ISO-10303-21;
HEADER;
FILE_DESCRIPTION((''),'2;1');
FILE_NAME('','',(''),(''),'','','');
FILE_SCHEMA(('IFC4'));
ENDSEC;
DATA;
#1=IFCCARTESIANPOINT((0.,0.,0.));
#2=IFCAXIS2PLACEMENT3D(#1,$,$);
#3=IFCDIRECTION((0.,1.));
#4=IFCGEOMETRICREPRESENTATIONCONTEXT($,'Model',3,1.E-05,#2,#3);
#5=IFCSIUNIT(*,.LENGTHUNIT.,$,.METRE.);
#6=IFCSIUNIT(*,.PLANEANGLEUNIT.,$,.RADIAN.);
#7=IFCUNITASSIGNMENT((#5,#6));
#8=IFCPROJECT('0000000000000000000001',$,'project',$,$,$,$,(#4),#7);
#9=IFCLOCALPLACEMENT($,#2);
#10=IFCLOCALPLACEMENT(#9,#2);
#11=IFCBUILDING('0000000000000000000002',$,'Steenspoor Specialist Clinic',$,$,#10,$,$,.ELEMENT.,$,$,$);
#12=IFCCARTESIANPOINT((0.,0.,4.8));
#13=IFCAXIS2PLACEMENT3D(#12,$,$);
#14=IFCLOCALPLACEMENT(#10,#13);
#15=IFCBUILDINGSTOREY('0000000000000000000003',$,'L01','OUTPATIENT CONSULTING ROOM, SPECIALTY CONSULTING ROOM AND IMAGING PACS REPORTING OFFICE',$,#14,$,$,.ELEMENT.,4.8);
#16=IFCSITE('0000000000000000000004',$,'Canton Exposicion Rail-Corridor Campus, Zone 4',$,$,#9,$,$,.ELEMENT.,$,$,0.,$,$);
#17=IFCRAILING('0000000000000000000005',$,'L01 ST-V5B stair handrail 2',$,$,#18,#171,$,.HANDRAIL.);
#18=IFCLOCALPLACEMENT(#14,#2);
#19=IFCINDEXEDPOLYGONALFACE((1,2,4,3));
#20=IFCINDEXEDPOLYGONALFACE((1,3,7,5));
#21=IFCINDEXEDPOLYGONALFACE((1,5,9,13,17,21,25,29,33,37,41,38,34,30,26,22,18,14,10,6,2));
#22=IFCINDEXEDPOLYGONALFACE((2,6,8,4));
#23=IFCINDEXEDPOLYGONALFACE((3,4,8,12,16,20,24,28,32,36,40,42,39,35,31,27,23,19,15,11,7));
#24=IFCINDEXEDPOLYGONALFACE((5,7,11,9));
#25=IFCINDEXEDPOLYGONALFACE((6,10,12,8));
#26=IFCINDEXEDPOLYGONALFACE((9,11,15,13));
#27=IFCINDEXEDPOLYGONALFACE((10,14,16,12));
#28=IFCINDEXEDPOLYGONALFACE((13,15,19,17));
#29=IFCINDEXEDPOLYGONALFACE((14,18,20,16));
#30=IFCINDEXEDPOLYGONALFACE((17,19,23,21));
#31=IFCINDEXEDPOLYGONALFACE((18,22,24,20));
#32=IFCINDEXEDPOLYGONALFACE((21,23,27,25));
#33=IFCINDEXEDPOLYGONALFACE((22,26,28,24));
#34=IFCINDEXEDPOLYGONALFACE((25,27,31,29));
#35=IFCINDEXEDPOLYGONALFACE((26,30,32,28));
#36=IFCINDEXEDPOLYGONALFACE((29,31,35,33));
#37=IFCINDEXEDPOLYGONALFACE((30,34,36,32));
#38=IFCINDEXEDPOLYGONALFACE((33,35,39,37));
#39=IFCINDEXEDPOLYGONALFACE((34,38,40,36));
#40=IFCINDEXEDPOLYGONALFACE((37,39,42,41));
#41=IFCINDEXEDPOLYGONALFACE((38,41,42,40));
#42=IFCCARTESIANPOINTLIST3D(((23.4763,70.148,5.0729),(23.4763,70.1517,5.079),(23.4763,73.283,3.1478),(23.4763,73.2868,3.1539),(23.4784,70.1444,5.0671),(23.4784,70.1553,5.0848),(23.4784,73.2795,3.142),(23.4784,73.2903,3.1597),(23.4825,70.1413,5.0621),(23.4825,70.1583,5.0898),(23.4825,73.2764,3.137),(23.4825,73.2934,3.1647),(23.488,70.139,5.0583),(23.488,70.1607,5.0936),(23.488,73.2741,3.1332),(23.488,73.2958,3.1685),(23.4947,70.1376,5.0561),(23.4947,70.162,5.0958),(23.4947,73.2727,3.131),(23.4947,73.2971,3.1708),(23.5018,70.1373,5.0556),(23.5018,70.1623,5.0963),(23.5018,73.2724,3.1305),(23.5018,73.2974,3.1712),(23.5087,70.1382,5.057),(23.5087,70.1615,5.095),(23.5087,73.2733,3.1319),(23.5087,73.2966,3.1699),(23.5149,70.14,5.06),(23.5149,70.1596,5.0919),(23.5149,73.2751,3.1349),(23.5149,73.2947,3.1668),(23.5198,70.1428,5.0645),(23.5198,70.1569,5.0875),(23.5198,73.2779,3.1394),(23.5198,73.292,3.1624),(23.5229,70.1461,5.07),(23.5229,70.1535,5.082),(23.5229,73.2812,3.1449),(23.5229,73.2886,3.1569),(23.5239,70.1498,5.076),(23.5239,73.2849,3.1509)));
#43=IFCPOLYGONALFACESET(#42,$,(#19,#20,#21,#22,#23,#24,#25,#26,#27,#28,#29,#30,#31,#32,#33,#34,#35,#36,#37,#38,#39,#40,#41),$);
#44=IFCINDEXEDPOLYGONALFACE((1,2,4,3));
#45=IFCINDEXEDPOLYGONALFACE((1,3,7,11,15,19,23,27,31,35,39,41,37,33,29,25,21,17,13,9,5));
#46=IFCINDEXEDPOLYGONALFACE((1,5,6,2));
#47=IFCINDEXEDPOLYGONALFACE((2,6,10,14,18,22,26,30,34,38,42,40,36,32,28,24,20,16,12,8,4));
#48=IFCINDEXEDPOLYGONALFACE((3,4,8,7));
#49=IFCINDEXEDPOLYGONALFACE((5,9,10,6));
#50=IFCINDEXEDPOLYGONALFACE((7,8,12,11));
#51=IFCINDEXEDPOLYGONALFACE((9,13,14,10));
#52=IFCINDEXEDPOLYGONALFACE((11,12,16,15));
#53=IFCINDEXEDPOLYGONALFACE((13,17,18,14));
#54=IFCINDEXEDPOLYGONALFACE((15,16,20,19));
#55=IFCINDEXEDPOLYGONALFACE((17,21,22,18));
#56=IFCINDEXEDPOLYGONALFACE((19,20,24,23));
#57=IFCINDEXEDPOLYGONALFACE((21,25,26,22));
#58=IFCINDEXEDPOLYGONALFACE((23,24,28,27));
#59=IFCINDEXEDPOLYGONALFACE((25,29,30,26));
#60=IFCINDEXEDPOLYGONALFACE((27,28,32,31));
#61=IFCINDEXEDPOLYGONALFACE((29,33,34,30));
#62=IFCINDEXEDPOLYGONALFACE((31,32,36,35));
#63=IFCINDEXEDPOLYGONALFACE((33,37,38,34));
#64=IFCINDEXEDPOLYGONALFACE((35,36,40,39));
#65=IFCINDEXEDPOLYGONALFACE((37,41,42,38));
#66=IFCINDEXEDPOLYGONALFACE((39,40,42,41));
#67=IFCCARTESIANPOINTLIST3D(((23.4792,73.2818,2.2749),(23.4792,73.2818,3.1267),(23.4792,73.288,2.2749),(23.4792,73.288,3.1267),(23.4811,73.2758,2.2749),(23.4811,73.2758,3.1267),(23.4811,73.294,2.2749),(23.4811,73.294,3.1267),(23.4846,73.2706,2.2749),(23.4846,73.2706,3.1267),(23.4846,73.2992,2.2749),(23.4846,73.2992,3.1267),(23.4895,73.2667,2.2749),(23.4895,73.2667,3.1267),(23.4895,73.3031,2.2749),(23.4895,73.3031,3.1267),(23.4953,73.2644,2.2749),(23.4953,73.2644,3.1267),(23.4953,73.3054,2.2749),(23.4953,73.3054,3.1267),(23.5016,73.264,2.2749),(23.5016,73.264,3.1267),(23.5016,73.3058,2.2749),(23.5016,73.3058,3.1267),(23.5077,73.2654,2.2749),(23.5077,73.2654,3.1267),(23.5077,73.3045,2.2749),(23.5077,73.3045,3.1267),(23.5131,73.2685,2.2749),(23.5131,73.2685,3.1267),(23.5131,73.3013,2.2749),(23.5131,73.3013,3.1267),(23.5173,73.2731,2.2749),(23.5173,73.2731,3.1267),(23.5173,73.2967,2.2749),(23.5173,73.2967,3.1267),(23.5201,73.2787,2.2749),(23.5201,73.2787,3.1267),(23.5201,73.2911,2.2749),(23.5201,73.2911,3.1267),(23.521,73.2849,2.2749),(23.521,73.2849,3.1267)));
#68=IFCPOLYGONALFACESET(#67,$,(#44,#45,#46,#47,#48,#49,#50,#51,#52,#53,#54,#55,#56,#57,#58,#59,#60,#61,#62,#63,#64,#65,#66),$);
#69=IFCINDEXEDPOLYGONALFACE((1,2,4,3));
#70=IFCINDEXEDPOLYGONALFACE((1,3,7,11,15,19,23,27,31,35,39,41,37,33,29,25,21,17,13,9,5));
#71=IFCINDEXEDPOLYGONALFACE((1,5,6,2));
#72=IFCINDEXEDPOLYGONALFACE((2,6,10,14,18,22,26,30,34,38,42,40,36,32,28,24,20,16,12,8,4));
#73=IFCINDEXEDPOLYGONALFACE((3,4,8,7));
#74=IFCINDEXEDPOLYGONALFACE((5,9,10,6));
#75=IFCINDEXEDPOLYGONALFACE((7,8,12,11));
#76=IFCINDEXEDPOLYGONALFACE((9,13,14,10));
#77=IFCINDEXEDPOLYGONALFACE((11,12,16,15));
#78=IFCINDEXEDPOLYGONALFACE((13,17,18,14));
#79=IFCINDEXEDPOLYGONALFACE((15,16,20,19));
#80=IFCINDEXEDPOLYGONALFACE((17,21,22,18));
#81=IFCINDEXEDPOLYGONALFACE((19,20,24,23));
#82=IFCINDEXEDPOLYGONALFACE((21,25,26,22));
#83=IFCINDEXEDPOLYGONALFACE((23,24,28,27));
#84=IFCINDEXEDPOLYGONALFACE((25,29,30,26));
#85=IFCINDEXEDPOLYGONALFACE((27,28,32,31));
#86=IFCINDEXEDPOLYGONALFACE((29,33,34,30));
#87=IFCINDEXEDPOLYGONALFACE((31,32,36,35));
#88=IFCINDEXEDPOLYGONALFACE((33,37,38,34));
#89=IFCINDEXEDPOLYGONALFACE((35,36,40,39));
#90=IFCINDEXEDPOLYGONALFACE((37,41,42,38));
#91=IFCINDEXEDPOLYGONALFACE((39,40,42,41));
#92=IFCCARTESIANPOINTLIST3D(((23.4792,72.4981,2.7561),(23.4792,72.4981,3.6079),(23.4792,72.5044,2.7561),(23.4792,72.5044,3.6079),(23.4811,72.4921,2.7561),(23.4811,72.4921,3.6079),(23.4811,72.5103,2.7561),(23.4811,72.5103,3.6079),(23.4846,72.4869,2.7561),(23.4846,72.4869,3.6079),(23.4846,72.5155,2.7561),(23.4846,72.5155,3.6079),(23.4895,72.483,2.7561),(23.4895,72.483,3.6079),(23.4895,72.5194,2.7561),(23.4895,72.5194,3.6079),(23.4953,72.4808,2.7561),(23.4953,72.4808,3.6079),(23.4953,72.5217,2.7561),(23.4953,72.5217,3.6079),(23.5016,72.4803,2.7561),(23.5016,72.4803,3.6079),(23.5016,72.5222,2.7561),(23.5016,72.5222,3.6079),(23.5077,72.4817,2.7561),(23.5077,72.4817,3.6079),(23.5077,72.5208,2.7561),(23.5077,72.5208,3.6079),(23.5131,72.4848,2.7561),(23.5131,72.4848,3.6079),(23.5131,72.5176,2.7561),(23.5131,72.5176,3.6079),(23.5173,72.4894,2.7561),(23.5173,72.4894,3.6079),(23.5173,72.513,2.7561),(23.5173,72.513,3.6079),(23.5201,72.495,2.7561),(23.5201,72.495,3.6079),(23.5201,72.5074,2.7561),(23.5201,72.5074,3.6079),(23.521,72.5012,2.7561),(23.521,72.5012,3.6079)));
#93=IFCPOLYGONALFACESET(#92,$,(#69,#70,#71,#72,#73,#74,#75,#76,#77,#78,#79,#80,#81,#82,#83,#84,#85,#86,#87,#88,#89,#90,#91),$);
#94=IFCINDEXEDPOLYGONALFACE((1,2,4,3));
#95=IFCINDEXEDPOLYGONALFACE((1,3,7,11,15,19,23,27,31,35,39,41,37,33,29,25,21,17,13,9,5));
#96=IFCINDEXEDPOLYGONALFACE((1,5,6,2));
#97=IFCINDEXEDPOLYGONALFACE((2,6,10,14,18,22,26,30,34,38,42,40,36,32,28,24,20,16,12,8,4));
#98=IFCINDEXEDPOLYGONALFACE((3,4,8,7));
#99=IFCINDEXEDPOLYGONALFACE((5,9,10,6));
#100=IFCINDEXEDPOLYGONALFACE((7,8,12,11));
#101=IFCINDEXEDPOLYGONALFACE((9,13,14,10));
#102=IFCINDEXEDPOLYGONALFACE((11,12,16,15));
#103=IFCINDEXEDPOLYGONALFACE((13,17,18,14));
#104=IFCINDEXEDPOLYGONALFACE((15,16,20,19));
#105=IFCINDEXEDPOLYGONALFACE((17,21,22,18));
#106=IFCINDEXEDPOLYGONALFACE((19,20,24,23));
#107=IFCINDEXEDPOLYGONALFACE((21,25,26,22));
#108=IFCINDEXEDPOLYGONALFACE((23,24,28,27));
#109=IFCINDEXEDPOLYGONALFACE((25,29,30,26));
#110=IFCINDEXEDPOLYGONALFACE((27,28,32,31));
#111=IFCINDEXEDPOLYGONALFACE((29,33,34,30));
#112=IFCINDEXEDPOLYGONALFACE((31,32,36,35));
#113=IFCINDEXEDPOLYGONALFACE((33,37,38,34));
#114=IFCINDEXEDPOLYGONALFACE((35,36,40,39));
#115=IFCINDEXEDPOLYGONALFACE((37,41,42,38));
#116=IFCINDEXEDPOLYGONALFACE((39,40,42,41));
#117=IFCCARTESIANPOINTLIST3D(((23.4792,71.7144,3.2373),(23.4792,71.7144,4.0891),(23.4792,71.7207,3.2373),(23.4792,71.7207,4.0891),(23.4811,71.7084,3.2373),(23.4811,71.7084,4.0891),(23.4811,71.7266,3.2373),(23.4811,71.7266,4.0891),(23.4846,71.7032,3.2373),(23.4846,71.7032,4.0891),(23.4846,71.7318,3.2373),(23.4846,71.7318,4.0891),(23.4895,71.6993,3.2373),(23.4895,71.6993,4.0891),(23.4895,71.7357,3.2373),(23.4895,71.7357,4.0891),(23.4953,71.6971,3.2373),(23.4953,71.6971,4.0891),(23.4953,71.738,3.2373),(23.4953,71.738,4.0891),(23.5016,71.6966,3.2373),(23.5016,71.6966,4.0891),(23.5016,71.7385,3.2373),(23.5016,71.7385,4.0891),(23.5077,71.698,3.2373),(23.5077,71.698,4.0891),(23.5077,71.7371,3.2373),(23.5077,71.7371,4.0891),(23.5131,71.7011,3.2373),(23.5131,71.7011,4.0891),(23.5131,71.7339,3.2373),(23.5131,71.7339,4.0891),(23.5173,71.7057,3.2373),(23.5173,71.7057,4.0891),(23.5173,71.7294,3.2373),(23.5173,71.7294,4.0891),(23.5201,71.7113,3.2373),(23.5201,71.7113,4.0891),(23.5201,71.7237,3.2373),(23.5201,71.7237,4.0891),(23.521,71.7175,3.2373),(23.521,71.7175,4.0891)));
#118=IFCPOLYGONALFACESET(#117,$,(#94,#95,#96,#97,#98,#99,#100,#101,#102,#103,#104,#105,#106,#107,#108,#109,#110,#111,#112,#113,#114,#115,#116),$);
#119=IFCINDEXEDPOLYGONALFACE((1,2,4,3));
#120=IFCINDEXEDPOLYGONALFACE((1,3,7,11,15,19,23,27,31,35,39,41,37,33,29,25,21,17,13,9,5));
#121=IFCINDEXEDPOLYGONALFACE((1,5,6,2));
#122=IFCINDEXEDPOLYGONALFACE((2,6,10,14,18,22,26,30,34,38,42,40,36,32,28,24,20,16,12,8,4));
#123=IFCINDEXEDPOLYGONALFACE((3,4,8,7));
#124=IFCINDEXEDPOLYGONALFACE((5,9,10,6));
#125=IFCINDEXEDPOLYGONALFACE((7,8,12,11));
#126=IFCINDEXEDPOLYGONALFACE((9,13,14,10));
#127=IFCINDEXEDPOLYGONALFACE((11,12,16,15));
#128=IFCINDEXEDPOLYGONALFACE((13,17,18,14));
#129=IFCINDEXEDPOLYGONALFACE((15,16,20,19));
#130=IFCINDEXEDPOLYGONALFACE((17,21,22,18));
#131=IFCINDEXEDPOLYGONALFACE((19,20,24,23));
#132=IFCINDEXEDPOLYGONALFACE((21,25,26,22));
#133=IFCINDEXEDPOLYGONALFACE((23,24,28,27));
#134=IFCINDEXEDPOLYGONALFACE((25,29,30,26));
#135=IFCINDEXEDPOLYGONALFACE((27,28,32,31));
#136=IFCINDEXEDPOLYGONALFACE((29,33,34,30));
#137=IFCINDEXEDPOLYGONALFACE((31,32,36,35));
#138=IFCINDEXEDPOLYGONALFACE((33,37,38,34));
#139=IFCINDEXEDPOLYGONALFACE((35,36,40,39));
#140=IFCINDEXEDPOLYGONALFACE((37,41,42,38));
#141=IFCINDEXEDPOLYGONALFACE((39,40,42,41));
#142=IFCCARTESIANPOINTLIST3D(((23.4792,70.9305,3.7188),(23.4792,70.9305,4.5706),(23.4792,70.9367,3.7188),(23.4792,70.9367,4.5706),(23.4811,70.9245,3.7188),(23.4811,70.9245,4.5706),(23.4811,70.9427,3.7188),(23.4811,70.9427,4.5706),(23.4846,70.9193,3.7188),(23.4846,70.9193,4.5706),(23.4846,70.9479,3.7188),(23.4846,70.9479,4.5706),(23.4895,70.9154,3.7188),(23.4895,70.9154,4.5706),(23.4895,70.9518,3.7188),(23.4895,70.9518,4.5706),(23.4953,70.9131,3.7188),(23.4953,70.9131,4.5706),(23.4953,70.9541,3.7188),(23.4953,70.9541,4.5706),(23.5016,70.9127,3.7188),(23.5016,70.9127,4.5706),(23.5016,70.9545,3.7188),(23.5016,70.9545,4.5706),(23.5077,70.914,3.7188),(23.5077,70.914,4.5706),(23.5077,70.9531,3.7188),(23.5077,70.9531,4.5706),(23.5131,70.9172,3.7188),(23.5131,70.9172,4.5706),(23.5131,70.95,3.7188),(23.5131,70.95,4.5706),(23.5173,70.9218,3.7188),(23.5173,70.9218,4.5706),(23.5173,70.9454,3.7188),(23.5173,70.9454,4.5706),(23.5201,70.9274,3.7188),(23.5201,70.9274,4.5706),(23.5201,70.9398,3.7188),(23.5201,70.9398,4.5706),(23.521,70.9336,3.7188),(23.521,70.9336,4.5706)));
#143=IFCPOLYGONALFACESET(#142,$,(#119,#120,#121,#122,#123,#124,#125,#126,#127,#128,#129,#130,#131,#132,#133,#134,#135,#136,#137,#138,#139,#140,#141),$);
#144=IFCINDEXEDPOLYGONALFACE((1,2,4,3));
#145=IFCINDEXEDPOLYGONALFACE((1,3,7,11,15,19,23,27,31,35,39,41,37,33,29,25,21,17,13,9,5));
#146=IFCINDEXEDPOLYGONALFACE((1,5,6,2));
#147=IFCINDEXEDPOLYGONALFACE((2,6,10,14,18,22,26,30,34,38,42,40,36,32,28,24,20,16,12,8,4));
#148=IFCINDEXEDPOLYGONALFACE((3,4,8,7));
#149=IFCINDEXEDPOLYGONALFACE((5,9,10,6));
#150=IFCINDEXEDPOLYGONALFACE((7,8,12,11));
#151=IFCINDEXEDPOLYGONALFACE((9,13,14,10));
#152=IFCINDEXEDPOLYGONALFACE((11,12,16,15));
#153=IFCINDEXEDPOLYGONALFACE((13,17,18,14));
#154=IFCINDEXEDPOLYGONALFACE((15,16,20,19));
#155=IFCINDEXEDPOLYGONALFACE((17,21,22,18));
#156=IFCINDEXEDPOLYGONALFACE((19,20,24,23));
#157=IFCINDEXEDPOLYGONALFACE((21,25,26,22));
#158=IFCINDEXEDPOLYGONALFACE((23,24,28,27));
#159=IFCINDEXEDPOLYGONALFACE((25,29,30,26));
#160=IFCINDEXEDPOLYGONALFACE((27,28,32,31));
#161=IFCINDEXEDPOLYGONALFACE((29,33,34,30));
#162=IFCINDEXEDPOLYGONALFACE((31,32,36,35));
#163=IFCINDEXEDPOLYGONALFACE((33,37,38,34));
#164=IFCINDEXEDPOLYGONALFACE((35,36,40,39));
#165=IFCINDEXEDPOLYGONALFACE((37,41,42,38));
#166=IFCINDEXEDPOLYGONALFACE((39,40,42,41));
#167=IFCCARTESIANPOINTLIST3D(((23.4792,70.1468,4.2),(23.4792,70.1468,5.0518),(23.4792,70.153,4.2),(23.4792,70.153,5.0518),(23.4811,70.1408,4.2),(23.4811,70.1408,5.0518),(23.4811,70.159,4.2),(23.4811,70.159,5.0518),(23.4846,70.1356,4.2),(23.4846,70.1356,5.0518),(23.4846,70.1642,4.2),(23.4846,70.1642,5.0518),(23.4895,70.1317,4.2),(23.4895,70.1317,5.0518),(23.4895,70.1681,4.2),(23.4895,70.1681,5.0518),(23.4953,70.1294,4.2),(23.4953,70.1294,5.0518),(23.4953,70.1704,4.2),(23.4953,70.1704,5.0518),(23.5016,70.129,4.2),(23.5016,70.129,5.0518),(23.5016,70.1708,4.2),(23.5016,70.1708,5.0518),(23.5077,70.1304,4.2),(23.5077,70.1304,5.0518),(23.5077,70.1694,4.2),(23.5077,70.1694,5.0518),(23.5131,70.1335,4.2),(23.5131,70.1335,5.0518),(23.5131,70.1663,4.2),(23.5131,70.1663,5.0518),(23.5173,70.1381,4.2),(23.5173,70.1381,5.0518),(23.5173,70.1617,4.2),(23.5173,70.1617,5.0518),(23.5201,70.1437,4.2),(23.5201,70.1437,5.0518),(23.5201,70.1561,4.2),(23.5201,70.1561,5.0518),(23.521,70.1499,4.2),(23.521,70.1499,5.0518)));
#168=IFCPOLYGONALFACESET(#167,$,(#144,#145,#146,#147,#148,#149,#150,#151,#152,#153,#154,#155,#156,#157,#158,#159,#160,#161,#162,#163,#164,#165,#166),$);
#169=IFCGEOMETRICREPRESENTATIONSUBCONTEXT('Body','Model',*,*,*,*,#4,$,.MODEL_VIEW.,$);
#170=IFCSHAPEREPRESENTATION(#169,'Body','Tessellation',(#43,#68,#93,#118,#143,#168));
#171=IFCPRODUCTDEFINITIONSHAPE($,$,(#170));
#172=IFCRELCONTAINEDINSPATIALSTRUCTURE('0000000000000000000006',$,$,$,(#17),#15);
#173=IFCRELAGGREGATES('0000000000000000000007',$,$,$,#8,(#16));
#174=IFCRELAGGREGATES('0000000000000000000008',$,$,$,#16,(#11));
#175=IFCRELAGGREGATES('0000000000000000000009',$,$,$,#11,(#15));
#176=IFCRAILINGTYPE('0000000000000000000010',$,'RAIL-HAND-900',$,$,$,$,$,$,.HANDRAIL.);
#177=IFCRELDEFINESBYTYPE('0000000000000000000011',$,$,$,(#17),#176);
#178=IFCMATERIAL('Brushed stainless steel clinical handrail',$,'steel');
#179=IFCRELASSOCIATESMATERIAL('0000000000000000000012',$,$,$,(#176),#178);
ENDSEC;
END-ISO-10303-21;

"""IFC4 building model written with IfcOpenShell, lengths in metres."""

from ifc_helpers import new_model, si_unit, direction, frame, origin, origin_2d, place, context, subcontext, project, spatial, circle, extrude, material, type_object, element, save


model = new_model("IFC4")

# Units and contexts
model_context = context("Model", 3, precision=1e-05, world=origin(), true_north=direction((0.0, 1.0)))
body_context = subcontext(model_context, "Body", "Model", "MODEL_VIEW")
ifc_project = project(units=[si_unit("LENGTHUNIT", "METRE"), si_unit("PLANEANGLEUNIT", "RADIAN")], contexts=[model_context])

# Site, building, storey
site_placement = place(None, origin())
site = spatial("IfcSite", under=ifc_project, at=site_placement, Name="Canton Exposicion Rail-Corridor Campus, Zone 4", CompositionType="ELEMENT", RefElevation=0.0)
building_placement = place(site_placement, origin())
building = spatial("IfcBuilding", under=site, at=building_placement, Name="Steenspoor Specialist Clinic", CompositionType="ELEMENT")
storey_placement = place(building_placement, frame((0.0, 0.0, 4.8)))
storey = spatial("IfcBuildingStorey", under=building, at=storey_placement, Name="L01", Description="OUTPATIENT CONSULTING ROOM, SPECIALTY CONSULTING ROOM AND IMAGING PACS REPORTING OFFICE", CompositionType="ELEMENT", Elevation=4.8)

# Railing
ifc_material_1 = material(Name="Brushed stainless steel clinical handrail", Category="steel")
railing_type_1 = type_object("IfcRailingType", Name="RAIL-HAND-900", PredefinedType="HANDRAIL", material=ifc_material_1)
railing_1_placement = place(storey_placement, frame((23.5, 73.2849, 2.2749)))
element("IfcRailing", 1, at=railing_1_placement, inside=storey, type_object=railing_type_1, Name="L01 ST-V5B stair handrail 2", PredefinedType="HANDRAIL", context=body_context, shape_type="SweptSolid", body=[
    extrude(circle(Radius=0.0239, at=origin_2d()), frame((0.0, 0.0, 0.876), z_axis=(0.0, -0.852166, 0.523271), x_axis=(1.0, 0.0, 0.0)), (0.0, 0.0, 1.0), 3.679),
    extrude(circle(Radius=0.021, at=origin_2d()), origin(), (0.0, 0.0, 1.0), 0.8518),
    extrude(circle(Radius=0.021, at=origin_2d()), frame((0.0, -0.7837, 0.4812)), (0.0, 0.0, 1.0), 0.8518),
    extrude(circle(Radius=0.021, at=origin_2d()), frame((0.0, -1.5674, 0.9624)), (0.0, 0.0, 1.0), 0.8518),
    extrude(circle(Radius=0.021, at=origin_2d()), frame((0.0, -2.3513, 1.4438)), (0.0, 0.0, 1.0), 0.8518),
    extrude(circle(Radius=0.021, at=origin_2d()), frame((0.0, -3.135, 1.925)), (0.0, 0.0, 1.0), 0.8518),
])

save(model, "model.ifc")
